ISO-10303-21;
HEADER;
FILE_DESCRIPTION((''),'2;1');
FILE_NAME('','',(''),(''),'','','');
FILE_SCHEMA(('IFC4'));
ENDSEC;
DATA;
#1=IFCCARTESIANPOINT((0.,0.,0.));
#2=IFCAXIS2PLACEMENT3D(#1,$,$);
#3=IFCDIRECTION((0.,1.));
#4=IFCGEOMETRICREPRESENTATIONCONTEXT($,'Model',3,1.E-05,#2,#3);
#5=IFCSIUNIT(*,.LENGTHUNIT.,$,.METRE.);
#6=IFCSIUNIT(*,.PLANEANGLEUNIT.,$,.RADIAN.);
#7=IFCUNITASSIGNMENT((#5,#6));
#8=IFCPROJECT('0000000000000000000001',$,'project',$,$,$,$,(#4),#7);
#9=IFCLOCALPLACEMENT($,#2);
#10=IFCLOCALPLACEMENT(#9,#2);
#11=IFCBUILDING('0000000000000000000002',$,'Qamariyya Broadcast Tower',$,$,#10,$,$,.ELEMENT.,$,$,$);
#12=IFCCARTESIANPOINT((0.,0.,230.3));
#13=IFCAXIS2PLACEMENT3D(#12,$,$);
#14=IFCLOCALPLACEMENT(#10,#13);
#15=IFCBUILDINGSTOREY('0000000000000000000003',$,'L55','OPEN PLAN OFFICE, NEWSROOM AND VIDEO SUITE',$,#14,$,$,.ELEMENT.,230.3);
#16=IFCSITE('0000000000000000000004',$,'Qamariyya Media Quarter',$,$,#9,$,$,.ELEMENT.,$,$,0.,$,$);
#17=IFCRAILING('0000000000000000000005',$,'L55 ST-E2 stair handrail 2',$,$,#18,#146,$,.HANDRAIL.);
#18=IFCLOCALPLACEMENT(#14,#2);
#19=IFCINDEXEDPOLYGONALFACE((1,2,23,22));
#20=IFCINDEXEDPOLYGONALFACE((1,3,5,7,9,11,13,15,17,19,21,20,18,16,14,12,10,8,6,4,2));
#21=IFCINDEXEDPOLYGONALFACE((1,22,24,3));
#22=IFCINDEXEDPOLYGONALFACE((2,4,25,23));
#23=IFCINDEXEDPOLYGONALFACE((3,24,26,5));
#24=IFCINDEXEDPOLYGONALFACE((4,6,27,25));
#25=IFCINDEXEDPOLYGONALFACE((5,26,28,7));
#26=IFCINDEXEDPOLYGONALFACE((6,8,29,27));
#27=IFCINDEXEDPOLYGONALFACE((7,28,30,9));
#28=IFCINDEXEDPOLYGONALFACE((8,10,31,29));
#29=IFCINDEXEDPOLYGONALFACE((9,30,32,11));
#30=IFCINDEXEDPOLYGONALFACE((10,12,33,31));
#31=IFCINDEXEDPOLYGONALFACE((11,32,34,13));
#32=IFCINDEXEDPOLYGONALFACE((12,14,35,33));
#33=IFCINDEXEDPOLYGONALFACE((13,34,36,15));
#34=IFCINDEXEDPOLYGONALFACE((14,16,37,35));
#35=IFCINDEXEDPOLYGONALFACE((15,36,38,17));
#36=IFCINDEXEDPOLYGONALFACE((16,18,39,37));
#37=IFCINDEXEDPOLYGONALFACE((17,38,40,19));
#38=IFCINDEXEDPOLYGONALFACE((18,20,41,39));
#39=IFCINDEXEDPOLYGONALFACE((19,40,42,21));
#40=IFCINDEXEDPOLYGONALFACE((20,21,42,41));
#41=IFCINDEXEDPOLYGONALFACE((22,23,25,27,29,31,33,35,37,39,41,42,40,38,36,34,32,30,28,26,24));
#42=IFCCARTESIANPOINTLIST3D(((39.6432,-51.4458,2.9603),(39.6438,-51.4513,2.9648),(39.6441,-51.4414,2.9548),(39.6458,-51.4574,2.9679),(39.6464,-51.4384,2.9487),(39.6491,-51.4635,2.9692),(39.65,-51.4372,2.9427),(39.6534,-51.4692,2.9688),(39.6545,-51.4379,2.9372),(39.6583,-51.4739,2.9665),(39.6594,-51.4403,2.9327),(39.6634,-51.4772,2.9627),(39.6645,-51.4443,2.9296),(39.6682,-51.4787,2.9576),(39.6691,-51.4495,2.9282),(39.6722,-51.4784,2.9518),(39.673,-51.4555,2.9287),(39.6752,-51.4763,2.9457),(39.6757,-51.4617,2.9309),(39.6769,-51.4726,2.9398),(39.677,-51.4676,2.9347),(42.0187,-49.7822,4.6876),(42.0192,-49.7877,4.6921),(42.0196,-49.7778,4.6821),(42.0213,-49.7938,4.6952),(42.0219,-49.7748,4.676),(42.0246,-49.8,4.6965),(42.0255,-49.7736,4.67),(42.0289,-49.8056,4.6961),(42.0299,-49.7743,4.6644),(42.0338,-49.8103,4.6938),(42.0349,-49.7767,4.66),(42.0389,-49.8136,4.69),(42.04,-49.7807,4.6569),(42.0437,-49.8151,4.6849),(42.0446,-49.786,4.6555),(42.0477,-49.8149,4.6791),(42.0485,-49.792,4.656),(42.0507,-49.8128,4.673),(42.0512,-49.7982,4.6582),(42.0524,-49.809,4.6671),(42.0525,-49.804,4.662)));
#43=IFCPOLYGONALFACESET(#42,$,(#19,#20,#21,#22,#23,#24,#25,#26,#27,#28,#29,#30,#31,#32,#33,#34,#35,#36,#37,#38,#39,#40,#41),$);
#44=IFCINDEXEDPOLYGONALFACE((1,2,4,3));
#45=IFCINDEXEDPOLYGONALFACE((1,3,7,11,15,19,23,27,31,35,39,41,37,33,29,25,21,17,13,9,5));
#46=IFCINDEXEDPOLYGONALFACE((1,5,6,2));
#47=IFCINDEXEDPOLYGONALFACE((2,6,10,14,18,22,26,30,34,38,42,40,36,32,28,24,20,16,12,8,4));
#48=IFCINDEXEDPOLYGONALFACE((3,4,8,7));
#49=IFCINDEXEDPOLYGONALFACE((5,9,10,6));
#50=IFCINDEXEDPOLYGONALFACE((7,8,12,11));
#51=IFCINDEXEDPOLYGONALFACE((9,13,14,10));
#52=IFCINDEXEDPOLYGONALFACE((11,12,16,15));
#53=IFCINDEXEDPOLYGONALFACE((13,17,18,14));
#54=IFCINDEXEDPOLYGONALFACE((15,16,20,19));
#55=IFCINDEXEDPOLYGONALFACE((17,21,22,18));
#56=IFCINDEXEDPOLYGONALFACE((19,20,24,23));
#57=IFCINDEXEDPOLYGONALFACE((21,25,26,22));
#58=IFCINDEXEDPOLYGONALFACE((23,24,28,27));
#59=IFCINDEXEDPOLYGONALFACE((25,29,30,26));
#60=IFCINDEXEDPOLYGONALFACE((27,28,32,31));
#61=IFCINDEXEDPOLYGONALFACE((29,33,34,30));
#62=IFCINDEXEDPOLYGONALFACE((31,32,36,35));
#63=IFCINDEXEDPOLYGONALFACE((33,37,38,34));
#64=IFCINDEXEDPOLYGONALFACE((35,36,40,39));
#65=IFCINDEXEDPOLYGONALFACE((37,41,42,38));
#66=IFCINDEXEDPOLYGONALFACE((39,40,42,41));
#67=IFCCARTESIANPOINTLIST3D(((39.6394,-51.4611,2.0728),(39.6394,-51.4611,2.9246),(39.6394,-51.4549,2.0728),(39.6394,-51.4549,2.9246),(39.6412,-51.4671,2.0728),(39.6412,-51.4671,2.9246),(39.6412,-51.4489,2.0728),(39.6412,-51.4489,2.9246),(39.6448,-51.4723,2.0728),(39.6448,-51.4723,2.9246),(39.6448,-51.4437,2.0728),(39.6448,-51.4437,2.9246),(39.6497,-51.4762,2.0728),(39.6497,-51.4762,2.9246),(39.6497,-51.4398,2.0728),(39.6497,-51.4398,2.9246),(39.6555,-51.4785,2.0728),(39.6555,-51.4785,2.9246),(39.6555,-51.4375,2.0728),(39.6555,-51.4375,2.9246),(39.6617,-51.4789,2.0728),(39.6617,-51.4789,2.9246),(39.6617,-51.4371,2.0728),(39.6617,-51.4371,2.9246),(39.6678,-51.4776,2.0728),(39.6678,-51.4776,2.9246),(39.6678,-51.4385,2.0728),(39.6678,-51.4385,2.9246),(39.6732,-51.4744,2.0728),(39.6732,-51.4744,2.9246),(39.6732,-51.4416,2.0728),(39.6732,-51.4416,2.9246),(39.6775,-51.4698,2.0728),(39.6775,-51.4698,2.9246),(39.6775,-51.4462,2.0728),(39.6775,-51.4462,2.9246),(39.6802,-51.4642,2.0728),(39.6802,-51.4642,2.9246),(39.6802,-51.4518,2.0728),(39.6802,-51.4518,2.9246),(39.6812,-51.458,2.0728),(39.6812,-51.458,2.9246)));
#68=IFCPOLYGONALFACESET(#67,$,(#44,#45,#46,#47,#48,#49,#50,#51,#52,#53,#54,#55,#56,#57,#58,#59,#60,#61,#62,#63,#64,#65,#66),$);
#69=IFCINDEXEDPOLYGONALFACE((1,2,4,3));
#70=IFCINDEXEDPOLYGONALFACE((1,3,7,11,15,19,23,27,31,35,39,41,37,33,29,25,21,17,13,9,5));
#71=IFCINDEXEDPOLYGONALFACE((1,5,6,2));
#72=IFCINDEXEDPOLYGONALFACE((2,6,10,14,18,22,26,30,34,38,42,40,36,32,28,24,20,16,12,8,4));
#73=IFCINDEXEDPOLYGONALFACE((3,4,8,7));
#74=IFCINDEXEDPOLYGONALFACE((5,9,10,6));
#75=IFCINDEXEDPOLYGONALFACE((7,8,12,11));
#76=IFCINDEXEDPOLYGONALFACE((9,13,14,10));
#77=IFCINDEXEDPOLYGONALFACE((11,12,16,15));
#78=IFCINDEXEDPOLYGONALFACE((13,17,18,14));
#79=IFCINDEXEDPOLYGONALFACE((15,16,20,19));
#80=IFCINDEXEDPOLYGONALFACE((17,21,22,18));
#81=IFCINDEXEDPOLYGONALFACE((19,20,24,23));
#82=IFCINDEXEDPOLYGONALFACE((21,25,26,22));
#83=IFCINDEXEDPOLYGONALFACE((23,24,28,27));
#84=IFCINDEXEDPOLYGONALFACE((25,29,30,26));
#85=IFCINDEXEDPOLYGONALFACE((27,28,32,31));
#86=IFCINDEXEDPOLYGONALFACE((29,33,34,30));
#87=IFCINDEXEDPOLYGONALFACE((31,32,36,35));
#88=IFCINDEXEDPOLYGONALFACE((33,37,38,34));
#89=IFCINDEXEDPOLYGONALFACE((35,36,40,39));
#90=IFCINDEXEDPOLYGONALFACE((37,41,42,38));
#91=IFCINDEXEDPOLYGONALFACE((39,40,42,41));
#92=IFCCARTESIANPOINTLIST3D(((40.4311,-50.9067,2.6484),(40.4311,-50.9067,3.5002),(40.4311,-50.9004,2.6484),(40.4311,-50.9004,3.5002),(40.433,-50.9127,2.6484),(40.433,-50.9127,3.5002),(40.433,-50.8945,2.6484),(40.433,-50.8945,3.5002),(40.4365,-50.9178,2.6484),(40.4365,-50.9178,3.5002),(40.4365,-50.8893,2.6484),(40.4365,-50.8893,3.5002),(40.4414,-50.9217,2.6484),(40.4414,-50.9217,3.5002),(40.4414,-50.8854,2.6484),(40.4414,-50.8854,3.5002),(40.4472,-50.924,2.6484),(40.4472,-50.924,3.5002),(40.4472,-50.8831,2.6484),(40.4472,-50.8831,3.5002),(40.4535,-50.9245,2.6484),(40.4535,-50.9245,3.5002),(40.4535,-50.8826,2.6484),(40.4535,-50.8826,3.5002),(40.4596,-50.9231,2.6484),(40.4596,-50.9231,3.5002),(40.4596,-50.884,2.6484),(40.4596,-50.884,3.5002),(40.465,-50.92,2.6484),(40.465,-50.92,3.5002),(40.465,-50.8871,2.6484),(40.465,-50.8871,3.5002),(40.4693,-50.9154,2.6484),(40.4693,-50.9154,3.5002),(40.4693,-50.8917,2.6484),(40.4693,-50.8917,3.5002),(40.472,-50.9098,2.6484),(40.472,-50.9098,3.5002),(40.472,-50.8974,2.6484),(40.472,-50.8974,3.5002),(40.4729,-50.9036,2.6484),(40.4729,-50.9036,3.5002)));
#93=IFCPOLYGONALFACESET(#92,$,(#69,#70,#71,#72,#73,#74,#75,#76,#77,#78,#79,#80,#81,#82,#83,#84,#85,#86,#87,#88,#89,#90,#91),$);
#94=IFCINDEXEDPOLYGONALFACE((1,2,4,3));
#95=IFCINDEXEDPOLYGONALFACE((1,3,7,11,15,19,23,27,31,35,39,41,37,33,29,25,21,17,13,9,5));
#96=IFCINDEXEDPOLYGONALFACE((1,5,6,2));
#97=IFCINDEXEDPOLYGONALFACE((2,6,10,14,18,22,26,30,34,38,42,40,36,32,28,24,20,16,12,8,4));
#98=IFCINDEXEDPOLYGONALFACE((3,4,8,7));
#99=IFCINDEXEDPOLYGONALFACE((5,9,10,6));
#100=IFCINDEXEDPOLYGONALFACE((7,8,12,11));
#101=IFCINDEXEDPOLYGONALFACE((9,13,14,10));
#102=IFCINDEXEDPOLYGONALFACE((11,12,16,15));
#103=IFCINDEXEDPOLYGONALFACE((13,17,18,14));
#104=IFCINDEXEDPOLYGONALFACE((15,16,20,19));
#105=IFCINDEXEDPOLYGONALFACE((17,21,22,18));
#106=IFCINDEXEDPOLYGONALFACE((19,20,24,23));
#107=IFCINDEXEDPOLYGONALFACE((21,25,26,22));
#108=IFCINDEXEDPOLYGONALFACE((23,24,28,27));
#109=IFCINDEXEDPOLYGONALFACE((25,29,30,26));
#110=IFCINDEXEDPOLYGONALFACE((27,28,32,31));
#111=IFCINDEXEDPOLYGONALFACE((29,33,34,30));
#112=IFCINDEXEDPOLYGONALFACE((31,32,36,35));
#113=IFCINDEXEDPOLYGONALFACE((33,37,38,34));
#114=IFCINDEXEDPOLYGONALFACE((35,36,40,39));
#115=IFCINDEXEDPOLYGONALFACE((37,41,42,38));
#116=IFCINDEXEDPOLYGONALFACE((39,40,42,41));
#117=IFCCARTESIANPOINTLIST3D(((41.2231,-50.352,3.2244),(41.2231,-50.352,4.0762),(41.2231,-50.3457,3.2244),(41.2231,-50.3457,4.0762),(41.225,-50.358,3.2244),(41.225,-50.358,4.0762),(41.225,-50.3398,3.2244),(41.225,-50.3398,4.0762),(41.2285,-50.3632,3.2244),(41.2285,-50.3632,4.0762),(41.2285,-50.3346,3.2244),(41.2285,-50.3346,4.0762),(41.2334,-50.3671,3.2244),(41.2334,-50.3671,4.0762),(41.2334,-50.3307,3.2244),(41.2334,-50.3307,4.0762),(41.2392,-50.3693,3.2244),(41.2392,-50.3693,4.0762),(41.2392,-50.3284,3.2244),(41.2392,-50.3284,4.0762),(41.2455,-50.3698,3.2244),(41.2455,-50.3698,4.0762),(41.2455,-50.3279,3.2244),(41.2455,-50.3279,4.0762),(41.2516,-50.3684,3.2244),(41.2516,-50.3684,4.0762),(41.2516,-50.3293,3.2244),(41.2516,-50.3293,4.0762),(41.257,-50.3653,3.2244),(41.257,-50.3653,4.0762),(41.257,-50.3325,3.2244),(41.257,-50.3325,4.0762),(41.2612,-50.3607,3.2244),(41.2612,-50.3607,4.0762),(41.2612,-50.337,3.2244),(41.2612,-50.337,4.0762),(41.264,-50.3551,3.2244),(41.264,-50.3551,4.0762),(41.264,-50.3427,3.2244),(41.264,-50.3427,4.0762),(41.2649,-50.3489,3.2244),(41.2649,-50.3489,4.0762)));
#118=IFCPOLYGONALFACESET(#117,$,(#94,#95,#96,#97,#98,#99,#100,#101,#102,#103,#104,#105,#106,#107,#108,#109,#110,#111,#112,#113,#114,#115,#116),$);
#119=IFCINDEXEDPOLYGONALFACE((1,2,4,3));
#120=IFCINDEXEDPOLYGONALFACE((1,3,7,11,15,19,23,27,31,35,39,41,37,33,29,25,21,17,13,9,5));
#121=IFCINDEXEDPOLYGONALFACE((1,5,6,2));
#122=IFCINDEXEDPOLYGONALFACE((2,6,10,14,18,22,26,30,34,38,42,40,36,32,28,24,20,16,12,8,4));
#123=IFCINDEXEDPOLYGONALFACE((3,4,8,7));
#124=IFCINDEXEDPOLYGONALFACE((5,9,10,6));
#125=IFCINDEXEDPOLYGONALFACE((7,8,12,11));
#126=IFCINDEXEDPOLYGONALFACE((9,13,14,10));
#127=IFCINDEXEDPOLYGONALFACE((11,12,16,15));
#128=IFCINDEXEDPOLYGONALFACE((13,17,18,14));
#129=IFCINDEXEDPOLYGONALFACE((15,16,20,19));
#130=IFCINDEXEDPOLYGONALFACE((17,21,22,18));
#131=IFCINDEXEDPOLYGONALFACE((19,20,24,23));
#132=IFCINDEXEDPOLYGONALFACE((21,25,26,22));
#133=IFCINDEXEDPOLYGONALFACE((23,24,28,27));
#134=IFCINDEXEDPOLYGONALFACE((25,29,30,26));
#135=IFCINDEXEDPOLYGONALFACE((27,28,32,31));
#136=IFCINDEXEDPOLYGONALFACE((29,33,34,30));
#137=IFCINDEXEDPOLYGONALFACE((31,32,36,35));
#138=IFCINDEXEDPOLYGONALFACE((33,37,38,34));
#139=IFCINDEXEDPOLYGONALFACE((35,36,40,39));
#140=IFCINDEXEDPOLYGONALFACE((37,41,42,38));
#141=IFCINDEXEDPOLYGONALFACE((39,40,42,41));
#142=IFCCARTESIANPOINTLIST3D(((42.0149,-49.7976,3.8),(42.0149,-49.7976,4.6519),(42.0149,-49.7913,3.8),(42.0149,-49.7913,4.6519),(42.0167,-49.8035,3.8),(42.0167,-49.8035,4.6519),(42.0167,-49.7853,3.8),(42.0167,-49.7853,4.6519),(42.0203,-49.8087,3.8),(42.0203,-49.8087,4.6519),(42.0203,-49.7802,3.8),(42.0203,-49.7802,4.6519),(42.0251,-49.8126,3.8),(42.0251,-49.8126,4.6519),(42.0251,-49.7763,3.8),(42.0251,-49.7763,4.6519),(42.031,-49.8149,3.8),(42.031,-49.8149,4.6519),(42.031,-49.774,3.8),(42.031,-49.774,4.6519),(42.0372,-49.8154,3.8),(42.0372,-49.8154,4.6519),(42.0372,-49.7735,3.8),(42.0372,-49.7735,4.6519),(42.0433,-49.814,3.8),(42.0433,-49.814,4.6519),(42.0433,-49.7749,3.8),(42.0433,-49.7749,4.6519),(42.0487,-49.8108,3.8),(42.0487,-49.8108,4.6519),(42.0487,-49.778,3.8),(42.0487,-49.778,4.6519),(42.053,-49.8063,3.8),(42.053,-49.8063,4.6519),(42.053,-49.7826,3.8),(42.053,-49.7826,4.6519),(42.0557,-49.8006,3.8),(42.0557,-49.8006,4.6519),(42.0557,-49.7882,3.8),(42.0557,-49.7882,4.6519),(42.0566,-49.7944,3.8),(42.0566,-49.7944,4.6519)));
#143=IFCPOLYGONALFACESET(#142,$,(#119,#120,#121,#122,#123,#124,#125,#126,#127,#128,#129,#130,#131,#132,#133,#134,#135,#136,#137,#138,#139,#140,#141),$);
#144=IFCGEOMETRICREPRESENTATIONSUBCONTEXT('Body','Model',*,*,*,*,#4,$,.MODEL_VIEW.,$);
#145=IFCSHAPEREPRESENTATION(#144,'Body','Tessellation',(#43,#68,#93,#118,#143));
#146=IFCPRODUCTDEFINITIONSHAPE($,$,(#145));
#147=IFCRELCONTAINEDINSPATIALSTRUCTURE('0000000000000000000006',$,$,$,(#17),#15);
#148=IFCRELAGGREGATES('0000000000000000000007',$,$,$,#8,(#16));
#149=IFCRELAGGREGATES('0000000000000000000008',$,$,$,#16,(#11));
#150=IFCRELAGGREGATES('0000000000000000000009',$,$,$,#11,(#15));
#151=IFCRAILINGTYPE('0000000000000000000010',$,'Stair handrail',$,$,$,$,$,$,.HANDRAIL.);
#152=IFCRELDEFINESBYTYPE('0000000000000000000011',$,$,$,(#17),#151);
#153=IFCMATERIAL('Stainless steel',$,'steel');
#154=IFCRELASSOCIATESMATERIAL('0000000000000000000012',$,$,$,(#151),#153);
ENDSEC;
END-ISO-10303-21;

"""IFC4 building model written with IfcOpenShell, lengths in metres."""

from ifc_helpers import new_model, si_unit, direction, frame, origin, origin_2d, place, context, subcontext, project, spatial, circle, extrude, material, type_object, element, save


model = new_model("IFC4")

# Units and contexts
model_context = context("Model", 3, precision=1e-05, world=origin(), true_north=direction((0.0, 1.0)))
body_context = subcontext(model_context, "Body", "Model", "MODEL_VIEW")
ifc_project = project(units=[si_unit("LENGTHUNIT", "METRE"), si_unit("PLANEANGLEUNIT", "RADIAN")], contexts=[model_context])

# Site, building, storey
site_placement = place(None, origin())
site = spatial("IfcSite", under=ifc_project, at=site_placement, Name="Qamariyya Media Quarter", CompositionType="ELEMENT", RefElevation=0.0)
building_placement = place(site_placement, origin())
building = spatial("IfcBuilding", under=site, at=building_placement, Name="Qamariyya Broadcast Tower", CompositionType="ELEMENT")
storey_placement = place(building_placement, frame((0.0, 0.0, 230.3)))
storey = spatial("IfcBuildingStorey", under=building, at=storey_placement, Name="L55", Description="OPEN PLAN OFFICE, NEWSROOM AND VIDEO SUITE", CompositionType="ELEMENT", Elevation=230.3)

# Railing
ifc_material_1 = material(Name="Stainless steel", Category="steel")
railing_type_1 = type_object("IfcRailingType", Name="Stair handrail", PredefinedType="HANDRAIL", material=ifc_material_1)
railing_1_placement = place(storey_placement, frame((39.6602, -51.458, 2.0728)))
element("IfcRailing", 1, at=railing_1_placement, inside=storey, type_object=railing_type_1, Name="L55 ST-E2 stair handrail 2", PredefinedType="HANDRAIL", context=body_context, shape_type="SweptSolid", body=[
    extrude(circle(Radius=0.0239, at=origin_2d()), frame((0.0, 0.0, 0.876), z_axis=(0.703745, 0.492838, 0.511716), x_axis=(-0.573632, 0.819113, 0.0)), (0.0, 0.0, 1.0), 3.3755),
    extrude(circle(Radius=0.021, at=origin_2d()), origin(), (0.0, 0.0, 1.0), 0.8518),
    extrude(circle(Radius=0.021, at=origin_2d()), frame((0.7917, 0.5544, 0.5757)), (0.0, 0.0, 1.0), 0.8518),
    extrude(circle(Radius=0.021, at=origin_2d()), frame((1.5837, 1.1091, 1.1516)), (0.0, 0.0, 1.0), 0.8518),
    extrude(circle(Radius=0.021, at=origin_2d()), frame((2.3755, 1.6636, 1.7273)), (0.0, 0.0, 1.0), 0.8518),
])

save(model, "model.ifc")
